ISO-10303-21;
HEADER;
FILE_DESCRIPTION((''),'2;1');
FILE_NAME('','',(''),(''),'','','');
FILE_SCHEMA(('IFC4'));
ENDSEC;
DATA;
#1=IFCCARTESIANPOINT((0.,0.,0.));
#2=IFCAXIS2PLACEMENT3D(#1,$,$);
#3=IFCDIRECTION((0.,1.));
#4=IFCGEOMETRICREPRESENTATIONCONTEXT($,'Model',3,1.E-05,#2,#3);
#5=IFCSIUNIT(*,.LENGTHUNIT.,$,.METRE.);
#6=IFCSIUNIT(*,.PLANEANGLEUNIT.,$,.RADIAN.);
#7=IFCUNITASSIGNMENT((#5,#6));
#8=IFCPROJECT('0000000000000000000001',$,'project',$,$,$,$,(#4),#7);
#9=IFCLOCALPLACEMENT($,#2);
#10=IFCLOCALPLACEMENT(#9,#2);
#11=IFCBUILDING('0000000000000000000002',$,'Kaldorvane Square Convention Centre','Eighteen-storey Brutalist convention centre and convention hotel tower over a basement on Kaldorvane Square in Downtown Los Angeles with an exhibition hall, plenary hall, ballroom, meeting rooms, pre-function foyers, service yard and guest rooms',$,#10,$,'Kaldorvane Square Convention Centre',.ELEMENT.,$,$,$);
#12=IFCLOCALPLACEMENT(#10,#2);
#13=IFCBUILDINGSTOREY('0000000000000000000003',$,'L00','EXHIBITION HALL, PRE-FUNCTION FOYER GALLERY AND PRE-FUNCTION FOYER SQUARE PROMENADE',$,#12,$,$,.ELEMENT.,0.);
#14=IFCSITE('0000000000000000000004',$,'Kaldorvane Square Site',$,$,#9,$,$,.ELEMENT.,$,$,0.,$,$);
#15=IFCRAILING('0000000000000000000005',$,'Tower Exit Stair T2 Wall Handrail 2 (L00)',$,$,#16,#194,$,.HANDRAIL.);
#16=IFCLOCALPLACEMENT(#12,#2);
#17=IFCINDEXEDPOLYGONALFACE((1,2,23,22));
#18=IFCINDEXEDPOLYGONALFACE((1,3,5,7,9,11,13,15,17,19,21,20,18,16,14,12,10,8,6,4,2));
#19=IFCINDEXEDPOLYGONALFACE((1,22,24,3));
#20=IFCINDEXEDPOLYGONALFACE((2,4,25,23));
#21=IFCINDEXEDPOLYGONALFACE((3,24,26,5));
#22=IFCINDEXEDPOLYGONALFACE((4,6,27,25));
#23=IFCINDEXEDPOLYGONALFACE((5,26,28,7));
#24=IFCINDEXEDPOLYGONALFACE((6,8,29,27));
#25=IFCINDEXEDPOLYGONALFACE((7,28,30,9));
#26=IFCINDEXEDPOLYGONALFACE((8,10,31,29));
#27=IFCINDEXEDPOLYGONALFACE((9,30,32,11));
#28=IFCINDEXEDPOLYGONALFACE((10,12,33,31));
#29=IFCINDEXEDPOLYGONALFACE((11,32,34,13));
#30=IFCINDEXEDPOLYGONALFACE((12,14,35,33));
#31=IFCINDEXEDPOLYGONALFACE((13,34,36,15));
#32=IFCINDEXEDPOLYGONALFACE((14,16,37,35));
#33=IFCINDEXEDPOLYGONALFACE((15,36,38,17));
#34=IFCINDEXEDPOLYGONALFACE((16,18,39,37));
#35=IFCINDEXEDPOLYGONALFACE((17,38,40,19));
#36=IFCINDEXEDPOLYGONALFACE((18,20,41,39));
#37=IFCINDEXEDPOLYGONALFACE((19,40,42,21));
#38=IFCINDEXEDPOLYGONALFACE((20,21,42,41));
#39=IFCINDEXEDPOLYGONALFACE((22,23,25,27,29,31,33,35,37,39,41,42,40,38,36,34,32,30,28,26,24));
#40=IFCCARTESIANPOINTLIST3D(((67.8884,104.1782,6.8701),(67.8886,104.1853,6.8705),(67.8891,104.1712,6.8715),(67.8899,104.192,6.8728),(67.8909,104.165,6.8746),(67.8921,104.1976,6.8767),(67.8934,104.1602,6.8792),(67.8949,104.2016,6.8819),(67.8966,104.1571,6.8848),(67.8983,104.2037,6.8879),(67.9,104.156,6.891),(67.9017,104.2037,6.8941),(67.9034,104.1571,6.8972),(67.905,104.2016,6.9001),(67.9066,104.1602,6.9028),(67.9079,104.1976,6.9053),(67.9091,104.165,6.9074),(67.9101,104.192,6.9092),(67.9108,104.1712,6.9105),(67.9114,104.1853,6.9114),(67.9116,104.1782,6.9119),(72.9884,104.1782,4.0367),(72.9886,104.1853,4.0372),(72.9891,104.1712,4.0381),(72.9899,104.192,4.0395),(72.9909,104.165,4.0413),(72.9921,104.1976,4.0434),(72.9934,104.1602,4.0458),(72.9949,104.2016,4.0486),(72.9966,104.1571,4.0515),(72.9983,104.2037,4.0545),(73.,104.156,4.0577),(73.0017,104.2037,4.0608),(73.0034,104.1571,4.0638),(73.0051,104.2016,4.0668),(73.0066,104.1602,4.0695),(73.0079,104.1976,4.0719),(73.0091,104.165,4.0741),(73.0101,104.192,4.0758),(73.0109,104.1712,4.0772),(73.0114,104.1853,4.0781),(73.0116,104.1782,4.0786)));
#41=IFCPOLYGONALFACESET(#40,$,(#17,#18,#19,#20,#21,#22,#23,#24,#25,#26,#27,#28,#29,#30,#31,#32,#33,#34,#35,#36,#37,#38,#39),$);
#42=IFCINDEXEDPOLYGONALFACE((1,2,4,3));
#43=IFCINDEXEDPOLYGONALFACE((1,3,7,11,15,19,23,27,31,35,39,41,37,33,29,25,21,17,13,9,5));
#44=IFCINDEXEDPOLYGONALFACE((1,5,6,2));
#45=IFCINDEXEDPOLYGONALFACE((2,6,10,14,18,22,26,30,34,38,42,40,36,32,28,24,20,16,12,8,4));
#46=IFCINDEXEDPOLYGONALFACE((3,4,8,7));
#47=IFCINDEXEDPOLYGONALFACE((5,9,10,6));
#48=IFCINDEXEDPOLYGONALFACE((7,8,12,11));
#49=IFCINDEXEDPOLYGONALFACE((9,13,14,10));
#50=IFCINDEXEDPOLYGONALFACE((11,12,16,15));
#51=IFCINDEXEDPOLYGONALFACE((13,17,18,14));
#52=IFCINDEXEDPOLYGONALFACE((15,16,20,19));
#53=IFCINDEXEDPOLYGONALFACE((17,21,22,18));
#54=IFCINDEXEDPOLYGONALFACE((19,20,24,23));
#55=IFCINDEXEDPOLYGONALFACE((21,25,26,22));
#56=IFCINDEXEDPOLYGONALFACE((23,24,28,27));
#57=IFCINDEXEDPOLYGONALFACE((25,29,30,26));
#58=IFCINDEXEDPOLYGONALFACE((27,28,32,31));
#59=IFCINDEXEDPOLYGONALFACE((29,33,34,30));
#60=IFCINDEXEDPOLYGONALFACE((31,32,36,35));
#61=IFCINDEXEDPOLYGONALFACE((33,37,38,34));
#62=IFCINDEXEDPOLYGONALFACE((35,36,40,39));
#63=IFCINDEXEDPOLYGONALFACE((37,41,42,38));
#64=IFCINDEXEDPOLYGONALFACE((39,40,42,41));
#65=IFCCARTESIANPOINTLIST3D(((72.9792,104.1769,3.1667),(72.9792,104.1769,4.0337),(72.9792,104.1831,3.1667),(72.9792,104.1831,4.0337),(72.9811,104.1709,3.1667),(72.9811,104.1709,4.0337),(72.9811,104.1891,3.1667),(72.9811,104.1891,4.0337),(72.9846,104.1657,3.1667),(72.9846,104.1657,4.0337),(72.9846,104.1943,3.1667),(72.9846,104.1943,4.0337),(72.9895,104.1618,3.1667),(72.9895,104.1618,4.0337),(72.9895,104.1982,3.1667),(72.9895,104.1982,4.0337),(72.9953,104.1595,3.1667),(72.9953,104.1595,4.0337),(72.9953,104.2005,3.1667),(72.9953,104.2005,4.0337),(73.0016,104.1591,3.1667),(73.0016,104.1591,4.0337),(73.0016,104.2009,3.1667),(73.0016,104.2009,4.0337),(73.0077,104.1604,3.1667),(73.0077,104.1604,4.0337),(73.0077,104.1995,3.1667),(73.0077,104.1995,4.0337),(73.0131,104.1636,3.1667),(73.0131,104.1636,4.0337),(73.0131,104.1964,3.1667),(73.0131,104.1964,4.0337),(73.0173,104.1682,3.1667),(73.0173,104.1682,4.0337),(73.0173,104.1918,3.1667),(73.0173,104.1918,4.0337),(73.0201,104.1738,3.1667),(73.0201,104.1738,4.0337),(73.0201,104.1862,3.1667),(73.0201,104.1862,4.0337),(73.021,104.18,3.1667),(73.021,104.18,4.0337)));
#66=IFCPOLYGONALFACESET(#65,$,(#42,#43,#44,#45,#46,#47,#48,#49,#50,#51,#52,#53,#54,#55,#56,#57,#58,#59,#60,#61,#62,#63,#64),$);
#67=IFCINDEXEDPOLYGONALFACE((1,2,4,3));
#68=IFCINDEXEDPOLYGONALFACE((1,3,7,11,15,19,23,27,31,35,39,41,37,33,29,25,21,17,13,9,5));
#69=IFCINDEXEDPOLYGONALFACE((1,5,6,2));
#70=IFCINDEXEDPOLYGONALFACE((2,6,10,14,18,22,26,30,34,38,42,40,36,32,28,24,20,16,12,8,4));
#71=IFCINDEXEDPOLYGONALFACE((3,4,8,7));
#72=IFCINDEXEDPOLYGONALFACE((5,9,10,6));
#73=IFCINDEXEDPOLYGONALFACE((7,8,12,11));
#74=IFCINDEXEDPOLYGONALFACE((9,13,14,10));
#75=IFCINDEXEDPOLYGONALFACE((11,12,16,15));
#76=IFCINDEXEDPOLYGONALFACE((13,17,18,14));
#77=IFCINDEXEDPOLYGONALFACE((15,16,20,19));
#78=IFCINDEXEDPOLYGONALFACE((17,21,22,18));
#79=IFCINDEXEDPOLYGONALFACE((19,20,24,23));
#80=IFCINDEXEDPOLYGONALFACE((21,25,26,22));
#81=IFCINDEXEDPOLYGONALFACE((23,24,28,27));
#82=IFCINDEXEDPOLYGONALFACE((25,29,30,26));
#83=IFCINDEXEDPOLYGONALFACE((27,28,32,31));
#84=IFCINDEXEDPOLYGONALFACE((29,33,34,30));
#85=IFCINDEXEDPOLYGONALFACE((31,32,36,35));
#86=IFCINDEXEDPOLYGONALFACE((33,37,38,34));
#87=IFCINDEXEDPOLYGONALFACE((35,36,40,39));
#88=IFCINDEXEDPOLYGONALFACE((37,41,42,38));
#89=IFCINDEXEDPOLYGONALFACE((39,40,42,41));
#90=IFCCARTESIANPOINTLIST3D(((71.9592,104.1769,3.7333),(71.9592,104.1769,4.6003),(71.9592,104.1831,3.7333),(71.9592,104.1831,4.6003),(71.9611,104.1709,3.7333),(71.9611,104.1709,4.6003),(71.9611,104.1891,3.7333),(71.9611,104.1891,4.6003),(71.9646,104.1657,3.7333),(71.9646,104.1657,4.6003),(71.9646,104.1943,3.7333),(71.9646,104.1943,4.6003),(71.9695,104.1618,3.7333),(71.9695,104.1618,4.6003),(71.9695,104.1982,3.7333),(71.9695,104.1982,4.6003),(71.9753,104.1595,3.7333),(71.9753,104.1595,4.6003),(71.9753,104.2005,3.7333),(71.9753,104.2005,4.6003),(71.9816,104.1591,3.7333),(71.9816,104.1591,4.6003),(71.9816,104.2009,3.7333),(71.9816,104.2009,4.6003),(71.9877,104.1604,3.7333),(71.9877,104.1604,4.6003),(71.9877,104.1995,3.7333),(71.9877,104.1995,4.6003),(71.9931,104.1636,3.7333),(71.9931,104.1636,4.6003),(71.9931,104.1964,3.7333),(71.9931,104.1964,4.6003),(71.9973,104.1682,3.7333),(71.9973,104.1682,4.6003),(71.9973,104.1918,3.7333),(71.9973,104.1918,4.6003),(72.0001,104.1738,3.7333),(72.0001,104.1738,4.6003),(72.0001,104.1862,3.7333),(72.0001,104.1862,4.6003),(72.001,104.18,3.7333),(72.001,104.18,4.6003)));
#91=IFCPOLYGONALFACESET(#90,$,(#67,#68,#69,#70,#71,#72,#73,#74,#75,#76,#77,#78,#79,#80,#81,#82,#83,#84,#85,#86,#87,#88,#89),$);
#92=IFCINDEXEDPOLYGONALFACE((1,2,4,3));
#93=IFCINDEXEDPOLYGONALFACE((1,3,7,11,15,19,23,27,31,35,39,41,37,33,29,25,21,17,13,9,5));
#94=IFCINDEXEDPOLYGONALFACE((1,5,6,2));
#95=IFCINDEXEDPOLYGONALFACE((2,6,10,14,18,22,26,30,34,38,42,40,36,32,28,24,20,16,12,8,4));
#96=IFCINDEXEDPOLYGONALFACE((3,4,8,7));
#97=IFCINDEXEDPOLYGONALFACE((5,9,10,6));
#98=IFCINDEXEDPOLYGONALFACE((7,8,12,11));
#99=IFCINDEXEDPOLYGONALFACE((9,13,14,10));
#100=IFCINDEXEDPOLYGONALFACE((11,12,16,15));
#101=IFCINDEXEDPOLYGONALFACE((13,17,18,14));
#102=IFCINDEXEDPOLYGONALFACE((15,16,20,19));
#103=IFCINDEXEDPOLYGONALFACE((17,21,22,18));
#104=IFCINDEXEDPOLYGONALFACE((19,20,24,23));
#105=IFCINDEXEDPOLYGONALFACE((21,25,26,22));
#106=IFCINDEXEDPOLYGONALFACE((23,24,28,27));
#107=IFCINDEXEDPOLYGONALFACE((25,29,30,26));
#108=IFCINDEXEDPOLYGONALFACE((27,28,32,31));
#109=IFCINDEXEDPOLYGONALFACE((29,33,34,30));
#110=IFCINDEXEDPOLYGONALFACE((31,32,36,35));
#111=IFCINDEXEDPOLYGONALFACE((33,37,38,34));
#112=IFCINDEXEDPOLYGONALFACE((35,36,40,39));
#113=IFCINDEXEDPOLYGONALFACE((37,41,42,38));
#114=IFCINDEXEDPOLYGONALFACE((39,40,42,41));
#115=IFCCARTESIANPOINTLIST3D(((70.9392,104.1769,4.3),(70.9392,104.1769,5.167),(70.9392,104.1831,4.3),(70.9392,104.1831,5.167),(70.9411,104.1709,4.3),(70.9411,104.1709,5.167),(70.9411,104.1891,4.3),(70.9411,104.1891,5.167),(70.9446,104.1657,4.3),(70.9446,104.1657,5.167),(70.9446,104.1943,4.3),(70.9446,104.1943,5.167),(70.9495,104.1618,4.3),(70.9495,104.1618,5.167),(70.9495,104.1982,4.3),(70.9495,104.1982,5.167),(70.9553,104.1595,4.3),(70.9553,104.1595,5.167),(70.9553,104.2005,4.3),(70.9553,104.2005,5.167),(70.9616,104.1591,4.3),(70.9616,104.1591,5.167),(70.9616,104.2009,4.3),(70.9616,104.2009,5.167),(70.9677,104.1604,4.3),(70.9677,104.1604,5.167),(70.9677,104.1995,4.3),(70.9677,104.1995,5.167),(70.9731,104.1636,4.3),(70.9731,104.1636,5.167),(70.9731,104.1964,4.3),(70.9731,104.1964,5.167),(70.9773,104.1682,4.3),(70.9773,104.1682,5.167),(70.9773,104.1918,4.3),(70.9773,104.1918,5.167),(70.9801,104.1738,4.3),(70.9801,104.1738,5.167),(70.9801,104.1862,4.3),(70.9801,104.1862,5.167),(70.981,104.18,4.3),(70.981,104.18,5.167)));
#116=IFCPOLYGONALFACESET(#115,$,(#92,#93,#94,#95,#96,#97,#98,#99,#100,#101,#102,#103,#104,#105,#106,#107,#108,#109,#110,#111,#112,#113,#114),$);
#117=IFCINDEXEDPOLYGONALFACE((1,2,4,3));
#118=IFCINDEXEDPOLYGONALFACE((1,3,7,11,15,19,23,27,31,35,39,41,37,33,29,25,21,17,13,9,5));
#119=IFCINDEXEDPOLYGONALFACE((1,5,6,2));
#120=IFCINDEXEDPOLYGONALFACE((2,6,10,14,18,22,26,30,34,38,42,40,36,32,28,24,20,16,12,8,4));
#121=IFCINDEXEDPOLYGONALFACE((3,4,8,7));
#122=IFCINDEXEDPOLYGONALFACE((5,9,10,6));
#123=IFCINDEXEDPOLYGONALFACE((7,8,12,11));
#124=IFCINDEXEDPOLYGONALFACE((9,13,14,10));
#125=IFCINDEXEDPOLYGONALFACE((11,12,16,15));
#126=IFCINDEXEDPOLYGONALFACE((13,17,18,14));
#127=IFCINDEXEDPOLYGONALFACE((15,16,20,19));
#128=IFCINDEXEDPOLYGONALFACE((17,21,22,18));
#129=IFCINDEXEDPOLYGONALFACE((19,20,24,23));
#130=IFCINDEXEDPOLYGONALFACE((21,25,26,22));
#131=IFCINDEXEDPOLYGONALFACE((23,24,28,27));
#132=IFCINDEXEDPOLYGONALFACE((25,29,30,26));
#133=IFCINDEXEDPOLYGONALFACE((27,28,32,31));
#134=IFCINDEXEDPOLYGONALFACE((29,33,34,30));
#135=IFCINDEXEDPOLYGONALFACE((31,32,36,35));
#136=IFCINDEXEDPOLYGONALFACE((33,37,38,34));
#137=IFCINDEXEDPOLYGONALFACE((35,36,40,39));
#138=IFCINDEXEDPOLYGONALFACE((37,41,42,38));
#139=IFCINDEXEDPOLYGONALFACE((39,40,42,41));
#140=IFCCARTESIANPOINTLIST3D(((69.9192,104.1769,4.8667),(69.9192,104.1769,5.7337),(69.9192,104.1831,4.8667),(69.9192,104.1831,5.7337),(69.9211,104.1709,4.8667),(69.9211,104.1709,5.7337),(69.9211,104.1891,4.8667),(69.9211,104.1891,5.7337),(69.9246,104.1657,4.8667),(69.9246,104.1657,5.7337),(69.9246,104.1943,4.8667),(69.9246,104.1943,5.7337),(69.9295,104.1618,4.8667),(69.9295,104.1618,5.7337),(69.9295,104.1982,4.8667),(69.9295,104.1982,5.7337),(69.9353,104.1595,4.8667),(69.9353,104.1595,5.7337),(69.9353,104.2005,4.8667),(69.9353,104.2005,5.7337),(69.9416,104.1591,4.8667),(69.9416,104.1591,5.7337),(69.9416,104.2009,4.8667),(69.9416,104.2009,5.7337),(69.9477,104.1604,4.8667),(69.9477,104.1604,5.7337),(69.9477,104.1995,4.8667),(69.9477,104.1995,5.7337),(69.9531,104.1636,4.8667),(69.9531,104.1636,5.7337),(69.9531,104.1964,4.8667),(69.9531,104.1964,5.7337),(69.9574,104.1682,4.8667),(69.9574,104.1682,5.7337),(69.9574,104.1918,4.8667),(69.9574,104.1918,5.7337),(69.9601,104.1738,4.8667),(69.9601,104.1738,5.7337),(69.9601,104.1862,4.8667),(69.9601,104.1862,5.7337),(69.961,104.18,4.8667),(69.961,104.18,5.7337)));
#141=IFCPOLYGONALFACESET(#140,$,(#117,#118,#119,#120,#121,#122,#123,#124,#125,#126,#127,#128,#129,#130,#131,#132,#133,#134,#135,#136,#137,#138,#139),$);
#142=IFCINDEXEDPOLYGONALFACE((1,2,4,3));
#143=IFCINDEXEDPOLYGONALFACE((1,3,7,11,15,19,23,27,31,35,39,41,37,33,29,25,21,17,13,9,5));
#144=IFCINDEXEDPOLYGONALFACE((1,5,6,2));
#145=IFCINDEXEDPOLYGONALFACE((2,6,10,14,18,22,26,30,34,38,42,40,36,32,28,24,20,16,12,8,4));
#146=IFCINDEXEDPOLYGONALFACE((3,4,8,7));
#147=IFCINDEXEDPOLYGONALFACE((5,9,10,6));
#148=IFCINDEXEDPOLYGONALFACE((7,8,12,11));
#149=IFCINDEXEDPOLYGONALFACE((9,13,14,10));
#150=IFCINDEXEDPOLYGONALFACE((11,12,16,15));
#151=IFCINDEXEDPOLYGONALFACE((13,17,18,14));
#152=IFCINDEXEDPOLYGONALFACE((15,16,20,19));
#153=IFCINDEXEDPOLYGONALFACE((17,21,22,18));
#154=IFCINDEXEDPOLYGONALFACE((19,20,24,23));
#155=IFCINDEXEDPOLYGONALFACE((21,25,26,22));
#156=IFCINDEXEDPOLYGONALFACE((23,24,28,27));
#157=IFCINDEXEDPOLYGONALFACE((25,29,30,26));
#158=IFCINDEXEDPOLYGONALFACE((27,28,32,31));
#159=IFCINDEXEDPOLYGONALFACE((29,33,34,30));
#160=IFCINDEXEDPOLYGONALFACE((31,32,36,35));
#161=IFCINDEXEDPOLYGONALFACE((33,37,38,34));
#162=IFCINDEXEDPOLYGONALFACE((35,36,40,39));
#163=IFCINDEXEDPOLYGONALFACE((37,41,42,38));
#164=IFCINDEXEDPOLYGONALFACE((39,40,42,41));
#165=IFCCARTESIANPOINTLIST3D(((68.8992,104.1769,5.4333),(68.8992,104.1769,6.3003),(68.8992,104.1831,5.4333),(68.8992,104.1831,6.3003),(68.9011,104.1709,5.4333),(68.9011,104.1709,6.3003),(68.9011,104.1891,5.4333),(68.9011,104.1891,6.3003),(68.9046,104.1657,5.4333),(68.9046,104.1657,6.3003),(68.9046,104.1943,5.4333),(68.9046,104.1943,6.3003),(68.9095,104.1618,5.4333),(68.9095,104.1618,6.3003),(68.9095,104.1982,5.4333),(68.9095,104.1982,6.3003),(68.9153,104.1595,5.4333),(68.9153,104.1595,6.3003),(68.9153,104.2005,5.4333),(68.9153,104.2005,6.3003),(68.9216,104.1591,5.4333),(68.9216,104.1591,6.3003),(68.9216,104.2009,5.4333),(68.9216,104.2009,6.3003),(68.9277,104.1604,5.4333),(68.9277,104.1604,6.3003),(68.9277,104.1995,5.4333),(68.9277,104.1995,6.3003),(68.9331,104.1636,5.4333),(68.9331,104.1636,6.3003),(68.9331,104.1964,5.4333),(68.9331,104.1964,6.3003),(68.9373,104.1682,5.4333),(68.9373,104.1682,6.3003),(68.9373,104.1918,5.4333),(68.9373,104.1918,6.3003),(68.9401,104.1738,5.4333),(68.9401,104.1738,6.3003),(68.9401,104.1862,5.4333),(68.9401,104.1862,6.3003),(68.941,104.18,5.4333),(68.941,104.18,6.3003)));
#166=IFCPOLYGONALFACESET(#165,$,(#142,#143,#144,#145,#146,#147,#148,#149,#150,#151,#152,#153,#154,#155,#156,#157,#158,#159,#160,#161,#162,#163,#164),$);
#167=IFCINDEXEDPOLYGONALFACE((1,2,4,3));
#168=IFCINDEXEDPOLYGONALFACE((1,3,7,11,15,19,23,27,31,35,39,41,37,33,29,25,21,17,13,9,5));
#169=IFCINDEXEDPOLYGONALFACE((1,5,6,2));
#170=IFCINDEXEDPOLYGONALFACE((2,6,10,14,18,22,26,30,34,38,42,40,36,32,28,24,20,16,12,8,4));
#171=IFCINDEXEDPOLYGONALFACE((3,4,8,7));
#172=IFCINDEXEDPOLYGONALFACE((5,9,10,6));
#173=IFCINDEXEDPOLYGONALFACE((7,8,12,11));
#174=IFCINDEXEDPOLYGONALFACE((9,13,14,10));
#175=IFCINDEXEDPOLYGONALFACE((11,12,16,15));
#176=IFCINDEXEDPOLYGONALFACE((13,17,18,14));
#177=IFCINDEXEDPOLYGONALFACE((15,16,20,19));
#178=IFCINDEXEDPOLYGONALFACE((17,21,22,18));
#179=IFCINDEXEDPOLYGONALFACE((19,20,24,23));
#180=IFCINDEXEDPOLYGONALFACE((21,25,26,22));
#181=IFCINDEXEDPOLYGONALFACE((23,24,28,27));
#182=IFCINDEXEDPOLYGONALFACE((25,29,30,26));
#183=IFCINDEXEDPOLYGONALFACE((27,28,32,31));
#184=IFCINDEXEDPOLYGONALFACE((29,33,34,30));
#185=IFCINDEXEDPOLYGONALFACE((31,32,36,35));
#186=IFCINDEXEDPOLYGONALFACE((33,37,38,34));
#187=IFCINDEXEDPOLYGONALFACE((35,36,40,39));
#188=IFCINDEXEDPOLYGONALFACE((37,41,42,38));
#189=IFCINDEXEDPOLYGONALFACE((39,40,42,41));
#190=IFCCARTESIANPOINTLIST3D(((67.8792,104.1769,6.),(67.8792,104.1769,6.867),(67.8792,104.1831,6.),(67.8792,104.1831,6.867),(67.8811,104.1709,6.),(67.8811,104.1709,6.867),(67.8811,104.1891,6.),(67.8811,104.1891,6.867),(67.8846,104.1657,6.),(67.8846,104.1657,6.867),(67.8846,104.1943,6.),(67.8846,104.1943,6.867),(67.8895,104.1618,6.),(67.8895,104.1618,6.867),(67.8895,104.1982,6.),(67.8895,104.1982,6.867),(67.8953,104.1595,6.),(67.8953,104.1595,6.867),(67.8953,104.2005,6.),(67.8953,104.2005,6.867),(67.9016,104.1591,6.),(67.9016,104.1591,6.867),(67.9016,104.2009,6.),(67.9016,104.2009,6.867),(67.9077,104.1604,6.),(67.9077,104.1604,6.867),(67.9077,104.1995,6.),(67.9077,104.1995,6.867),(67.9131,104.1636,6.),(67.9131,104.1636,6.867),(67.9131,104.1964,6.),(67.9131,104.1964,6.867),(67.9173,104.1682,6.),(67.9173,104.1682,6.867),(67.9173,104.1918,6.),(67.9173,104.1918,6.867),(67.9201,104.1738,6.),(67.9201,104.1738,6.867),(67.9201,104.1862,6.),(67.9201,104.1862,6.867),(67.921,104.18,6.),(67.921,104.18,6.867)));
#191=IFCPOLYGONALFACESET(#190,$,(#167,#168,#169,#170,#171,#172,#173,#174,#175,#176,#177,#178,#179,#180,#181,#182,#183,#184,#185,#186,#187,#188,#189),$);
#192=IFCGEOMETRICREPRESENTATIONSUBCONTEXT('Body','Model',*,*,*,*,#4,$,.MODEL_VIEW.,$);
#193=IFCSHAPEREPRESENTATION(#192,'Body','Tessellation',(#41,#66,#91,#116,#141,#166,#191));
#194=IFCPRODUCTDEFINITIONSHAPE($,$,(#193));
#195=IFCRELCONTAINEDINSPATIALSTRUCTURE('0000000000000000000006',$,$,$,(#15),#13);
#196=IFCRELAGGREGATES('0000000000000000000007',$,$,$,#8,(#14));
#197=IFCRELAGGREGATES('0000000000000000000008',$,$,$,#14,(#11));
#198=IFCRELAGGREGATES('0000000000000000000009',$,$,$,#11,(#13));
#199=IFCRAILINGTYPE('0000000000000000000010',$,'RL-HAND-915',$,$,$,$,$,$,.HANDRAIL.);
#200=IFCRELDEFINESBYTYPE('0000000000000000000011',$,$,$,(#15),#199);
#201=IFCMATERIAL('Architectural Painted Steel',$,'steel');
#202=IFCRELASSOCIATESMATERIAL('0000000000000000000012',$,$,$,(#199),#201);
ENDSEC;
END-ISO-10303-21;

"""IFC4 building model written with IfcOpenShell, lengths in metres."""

from ifc_helpers import new_model, si_unit, direction, frame, origin, origin_2d, place, context, subcontext, project, spatial, circle, extrude, material, type_object, element, save


model = new_model("IFC4")

# Units and contexts
model_context = context("Model", 3, precision=1e-05, world=origin(), true_north=direction((0.0, 1.0)))
body_context = subcontext(model_context, "Body", "Model", "MODEL_VIEW")
ifc_project = project(units=[si_unit("LENGTHUNIT", "METRE"), si_unit("PLANEANGLEUNIT", "RADIAN")], contexts=[model_context])

# Site, building, storey
site_placement = place(None, origin())
site = spatial("IfcSite", under=ifc_project, at=site_placement, Name="Kaldorvane Square Site", CompositionType="ELEMENT", RefElevation=0.0)
building_placement = place(site_placement, origin())
building = spatial("IfcBuilding", under=site, at=building_placement, Name="Kaldorvane Square Convention Centre", Description="Eighteen-storey Brutalist convention centre and convention hotel tower over a basement on Kaldorvane Square in Downtown Los Angeles with an exhibition hall, plenary hall, ballroom, meeting rooms, pre-function foyers, service yard and guest rooms", LongName="Kaldorvane Square Convention Centre", CompositionType="ELEMENT")
storey_placement = place(building_placement, origin())
storey = spatial("IfcBuildingStorey", under=building, at=storey_placement, Name="L00", Description="EXHIBITION HALL, PRE-FUNCTION FOYER GALLERY AND PRE-FUNCTION FOYER SQUARE PROMENADE", CompositionType="ELEMENT", Elevation=0.0)

# Railing
ifc_material_1 = material(Name="Architectural Painted Steel", Category="steel")
railing_type_1 = type_object("IfcRailingType", Name="RL-HAND-915", PredefinedType="HANDRAIL", material=ifc_material_1)
railing_1_placement = place(storey_placement, frame((73.0, 104.18, 3.1667)))
element("IfcRailing", 1, at=railing_1_placement, inside=storey, type_object=railing_type_1, Name="Tower Exit Stair T2 Wall Handrail 2 (L00)", PredefinedType="HANDRAIL", context=body_context, shape_type="SweptSolid", body=[
    extrude(circle(Radius=0.024, at=origin_2d()), frame((0.0, 0.0, 0.891), z_axis=(-0.874158, 0.0, 0.485642), x_axis=(0.0, -1.0, 0.0)), (0.0, 0.0, 1.0), 5.8342),
    extrude(circle(Radius=0.021, at=origin_2d()), origin(), (0.0, 0.0, 1.0), 0.867),
    extrude(circle(Radius=0.021, at=origin_2d()), frame((-1.02, 0.0, 0.5667)), (0.0, 0.0, 1.0), 0.867),
    extrude(circle(Radius=0.021, at=origin_2d()), frame((-2.04, 0.0, 1.1333)), (0.0, 0.0, 1.0), 0.867),
    extrude(circle(Radius=0.021, at=origin_2d()), frame((-3.06, 0.0, 1.7)), (0.0, 0.0, 1.0), 0.867),
    extrude(circle(Radius=0.021, at=origin_2d()), frame((-4.08, 0.0, 2.2667)), (0.0, 0.0, 1.0), 0.867),
    extrude(circle(Radius=0.021, at=origin_2d()), frame((-5.1, 0.0, 2.8333)), (0.0, 0.0, 1.0), 0.867),
])

save(model, "model.ifc")
